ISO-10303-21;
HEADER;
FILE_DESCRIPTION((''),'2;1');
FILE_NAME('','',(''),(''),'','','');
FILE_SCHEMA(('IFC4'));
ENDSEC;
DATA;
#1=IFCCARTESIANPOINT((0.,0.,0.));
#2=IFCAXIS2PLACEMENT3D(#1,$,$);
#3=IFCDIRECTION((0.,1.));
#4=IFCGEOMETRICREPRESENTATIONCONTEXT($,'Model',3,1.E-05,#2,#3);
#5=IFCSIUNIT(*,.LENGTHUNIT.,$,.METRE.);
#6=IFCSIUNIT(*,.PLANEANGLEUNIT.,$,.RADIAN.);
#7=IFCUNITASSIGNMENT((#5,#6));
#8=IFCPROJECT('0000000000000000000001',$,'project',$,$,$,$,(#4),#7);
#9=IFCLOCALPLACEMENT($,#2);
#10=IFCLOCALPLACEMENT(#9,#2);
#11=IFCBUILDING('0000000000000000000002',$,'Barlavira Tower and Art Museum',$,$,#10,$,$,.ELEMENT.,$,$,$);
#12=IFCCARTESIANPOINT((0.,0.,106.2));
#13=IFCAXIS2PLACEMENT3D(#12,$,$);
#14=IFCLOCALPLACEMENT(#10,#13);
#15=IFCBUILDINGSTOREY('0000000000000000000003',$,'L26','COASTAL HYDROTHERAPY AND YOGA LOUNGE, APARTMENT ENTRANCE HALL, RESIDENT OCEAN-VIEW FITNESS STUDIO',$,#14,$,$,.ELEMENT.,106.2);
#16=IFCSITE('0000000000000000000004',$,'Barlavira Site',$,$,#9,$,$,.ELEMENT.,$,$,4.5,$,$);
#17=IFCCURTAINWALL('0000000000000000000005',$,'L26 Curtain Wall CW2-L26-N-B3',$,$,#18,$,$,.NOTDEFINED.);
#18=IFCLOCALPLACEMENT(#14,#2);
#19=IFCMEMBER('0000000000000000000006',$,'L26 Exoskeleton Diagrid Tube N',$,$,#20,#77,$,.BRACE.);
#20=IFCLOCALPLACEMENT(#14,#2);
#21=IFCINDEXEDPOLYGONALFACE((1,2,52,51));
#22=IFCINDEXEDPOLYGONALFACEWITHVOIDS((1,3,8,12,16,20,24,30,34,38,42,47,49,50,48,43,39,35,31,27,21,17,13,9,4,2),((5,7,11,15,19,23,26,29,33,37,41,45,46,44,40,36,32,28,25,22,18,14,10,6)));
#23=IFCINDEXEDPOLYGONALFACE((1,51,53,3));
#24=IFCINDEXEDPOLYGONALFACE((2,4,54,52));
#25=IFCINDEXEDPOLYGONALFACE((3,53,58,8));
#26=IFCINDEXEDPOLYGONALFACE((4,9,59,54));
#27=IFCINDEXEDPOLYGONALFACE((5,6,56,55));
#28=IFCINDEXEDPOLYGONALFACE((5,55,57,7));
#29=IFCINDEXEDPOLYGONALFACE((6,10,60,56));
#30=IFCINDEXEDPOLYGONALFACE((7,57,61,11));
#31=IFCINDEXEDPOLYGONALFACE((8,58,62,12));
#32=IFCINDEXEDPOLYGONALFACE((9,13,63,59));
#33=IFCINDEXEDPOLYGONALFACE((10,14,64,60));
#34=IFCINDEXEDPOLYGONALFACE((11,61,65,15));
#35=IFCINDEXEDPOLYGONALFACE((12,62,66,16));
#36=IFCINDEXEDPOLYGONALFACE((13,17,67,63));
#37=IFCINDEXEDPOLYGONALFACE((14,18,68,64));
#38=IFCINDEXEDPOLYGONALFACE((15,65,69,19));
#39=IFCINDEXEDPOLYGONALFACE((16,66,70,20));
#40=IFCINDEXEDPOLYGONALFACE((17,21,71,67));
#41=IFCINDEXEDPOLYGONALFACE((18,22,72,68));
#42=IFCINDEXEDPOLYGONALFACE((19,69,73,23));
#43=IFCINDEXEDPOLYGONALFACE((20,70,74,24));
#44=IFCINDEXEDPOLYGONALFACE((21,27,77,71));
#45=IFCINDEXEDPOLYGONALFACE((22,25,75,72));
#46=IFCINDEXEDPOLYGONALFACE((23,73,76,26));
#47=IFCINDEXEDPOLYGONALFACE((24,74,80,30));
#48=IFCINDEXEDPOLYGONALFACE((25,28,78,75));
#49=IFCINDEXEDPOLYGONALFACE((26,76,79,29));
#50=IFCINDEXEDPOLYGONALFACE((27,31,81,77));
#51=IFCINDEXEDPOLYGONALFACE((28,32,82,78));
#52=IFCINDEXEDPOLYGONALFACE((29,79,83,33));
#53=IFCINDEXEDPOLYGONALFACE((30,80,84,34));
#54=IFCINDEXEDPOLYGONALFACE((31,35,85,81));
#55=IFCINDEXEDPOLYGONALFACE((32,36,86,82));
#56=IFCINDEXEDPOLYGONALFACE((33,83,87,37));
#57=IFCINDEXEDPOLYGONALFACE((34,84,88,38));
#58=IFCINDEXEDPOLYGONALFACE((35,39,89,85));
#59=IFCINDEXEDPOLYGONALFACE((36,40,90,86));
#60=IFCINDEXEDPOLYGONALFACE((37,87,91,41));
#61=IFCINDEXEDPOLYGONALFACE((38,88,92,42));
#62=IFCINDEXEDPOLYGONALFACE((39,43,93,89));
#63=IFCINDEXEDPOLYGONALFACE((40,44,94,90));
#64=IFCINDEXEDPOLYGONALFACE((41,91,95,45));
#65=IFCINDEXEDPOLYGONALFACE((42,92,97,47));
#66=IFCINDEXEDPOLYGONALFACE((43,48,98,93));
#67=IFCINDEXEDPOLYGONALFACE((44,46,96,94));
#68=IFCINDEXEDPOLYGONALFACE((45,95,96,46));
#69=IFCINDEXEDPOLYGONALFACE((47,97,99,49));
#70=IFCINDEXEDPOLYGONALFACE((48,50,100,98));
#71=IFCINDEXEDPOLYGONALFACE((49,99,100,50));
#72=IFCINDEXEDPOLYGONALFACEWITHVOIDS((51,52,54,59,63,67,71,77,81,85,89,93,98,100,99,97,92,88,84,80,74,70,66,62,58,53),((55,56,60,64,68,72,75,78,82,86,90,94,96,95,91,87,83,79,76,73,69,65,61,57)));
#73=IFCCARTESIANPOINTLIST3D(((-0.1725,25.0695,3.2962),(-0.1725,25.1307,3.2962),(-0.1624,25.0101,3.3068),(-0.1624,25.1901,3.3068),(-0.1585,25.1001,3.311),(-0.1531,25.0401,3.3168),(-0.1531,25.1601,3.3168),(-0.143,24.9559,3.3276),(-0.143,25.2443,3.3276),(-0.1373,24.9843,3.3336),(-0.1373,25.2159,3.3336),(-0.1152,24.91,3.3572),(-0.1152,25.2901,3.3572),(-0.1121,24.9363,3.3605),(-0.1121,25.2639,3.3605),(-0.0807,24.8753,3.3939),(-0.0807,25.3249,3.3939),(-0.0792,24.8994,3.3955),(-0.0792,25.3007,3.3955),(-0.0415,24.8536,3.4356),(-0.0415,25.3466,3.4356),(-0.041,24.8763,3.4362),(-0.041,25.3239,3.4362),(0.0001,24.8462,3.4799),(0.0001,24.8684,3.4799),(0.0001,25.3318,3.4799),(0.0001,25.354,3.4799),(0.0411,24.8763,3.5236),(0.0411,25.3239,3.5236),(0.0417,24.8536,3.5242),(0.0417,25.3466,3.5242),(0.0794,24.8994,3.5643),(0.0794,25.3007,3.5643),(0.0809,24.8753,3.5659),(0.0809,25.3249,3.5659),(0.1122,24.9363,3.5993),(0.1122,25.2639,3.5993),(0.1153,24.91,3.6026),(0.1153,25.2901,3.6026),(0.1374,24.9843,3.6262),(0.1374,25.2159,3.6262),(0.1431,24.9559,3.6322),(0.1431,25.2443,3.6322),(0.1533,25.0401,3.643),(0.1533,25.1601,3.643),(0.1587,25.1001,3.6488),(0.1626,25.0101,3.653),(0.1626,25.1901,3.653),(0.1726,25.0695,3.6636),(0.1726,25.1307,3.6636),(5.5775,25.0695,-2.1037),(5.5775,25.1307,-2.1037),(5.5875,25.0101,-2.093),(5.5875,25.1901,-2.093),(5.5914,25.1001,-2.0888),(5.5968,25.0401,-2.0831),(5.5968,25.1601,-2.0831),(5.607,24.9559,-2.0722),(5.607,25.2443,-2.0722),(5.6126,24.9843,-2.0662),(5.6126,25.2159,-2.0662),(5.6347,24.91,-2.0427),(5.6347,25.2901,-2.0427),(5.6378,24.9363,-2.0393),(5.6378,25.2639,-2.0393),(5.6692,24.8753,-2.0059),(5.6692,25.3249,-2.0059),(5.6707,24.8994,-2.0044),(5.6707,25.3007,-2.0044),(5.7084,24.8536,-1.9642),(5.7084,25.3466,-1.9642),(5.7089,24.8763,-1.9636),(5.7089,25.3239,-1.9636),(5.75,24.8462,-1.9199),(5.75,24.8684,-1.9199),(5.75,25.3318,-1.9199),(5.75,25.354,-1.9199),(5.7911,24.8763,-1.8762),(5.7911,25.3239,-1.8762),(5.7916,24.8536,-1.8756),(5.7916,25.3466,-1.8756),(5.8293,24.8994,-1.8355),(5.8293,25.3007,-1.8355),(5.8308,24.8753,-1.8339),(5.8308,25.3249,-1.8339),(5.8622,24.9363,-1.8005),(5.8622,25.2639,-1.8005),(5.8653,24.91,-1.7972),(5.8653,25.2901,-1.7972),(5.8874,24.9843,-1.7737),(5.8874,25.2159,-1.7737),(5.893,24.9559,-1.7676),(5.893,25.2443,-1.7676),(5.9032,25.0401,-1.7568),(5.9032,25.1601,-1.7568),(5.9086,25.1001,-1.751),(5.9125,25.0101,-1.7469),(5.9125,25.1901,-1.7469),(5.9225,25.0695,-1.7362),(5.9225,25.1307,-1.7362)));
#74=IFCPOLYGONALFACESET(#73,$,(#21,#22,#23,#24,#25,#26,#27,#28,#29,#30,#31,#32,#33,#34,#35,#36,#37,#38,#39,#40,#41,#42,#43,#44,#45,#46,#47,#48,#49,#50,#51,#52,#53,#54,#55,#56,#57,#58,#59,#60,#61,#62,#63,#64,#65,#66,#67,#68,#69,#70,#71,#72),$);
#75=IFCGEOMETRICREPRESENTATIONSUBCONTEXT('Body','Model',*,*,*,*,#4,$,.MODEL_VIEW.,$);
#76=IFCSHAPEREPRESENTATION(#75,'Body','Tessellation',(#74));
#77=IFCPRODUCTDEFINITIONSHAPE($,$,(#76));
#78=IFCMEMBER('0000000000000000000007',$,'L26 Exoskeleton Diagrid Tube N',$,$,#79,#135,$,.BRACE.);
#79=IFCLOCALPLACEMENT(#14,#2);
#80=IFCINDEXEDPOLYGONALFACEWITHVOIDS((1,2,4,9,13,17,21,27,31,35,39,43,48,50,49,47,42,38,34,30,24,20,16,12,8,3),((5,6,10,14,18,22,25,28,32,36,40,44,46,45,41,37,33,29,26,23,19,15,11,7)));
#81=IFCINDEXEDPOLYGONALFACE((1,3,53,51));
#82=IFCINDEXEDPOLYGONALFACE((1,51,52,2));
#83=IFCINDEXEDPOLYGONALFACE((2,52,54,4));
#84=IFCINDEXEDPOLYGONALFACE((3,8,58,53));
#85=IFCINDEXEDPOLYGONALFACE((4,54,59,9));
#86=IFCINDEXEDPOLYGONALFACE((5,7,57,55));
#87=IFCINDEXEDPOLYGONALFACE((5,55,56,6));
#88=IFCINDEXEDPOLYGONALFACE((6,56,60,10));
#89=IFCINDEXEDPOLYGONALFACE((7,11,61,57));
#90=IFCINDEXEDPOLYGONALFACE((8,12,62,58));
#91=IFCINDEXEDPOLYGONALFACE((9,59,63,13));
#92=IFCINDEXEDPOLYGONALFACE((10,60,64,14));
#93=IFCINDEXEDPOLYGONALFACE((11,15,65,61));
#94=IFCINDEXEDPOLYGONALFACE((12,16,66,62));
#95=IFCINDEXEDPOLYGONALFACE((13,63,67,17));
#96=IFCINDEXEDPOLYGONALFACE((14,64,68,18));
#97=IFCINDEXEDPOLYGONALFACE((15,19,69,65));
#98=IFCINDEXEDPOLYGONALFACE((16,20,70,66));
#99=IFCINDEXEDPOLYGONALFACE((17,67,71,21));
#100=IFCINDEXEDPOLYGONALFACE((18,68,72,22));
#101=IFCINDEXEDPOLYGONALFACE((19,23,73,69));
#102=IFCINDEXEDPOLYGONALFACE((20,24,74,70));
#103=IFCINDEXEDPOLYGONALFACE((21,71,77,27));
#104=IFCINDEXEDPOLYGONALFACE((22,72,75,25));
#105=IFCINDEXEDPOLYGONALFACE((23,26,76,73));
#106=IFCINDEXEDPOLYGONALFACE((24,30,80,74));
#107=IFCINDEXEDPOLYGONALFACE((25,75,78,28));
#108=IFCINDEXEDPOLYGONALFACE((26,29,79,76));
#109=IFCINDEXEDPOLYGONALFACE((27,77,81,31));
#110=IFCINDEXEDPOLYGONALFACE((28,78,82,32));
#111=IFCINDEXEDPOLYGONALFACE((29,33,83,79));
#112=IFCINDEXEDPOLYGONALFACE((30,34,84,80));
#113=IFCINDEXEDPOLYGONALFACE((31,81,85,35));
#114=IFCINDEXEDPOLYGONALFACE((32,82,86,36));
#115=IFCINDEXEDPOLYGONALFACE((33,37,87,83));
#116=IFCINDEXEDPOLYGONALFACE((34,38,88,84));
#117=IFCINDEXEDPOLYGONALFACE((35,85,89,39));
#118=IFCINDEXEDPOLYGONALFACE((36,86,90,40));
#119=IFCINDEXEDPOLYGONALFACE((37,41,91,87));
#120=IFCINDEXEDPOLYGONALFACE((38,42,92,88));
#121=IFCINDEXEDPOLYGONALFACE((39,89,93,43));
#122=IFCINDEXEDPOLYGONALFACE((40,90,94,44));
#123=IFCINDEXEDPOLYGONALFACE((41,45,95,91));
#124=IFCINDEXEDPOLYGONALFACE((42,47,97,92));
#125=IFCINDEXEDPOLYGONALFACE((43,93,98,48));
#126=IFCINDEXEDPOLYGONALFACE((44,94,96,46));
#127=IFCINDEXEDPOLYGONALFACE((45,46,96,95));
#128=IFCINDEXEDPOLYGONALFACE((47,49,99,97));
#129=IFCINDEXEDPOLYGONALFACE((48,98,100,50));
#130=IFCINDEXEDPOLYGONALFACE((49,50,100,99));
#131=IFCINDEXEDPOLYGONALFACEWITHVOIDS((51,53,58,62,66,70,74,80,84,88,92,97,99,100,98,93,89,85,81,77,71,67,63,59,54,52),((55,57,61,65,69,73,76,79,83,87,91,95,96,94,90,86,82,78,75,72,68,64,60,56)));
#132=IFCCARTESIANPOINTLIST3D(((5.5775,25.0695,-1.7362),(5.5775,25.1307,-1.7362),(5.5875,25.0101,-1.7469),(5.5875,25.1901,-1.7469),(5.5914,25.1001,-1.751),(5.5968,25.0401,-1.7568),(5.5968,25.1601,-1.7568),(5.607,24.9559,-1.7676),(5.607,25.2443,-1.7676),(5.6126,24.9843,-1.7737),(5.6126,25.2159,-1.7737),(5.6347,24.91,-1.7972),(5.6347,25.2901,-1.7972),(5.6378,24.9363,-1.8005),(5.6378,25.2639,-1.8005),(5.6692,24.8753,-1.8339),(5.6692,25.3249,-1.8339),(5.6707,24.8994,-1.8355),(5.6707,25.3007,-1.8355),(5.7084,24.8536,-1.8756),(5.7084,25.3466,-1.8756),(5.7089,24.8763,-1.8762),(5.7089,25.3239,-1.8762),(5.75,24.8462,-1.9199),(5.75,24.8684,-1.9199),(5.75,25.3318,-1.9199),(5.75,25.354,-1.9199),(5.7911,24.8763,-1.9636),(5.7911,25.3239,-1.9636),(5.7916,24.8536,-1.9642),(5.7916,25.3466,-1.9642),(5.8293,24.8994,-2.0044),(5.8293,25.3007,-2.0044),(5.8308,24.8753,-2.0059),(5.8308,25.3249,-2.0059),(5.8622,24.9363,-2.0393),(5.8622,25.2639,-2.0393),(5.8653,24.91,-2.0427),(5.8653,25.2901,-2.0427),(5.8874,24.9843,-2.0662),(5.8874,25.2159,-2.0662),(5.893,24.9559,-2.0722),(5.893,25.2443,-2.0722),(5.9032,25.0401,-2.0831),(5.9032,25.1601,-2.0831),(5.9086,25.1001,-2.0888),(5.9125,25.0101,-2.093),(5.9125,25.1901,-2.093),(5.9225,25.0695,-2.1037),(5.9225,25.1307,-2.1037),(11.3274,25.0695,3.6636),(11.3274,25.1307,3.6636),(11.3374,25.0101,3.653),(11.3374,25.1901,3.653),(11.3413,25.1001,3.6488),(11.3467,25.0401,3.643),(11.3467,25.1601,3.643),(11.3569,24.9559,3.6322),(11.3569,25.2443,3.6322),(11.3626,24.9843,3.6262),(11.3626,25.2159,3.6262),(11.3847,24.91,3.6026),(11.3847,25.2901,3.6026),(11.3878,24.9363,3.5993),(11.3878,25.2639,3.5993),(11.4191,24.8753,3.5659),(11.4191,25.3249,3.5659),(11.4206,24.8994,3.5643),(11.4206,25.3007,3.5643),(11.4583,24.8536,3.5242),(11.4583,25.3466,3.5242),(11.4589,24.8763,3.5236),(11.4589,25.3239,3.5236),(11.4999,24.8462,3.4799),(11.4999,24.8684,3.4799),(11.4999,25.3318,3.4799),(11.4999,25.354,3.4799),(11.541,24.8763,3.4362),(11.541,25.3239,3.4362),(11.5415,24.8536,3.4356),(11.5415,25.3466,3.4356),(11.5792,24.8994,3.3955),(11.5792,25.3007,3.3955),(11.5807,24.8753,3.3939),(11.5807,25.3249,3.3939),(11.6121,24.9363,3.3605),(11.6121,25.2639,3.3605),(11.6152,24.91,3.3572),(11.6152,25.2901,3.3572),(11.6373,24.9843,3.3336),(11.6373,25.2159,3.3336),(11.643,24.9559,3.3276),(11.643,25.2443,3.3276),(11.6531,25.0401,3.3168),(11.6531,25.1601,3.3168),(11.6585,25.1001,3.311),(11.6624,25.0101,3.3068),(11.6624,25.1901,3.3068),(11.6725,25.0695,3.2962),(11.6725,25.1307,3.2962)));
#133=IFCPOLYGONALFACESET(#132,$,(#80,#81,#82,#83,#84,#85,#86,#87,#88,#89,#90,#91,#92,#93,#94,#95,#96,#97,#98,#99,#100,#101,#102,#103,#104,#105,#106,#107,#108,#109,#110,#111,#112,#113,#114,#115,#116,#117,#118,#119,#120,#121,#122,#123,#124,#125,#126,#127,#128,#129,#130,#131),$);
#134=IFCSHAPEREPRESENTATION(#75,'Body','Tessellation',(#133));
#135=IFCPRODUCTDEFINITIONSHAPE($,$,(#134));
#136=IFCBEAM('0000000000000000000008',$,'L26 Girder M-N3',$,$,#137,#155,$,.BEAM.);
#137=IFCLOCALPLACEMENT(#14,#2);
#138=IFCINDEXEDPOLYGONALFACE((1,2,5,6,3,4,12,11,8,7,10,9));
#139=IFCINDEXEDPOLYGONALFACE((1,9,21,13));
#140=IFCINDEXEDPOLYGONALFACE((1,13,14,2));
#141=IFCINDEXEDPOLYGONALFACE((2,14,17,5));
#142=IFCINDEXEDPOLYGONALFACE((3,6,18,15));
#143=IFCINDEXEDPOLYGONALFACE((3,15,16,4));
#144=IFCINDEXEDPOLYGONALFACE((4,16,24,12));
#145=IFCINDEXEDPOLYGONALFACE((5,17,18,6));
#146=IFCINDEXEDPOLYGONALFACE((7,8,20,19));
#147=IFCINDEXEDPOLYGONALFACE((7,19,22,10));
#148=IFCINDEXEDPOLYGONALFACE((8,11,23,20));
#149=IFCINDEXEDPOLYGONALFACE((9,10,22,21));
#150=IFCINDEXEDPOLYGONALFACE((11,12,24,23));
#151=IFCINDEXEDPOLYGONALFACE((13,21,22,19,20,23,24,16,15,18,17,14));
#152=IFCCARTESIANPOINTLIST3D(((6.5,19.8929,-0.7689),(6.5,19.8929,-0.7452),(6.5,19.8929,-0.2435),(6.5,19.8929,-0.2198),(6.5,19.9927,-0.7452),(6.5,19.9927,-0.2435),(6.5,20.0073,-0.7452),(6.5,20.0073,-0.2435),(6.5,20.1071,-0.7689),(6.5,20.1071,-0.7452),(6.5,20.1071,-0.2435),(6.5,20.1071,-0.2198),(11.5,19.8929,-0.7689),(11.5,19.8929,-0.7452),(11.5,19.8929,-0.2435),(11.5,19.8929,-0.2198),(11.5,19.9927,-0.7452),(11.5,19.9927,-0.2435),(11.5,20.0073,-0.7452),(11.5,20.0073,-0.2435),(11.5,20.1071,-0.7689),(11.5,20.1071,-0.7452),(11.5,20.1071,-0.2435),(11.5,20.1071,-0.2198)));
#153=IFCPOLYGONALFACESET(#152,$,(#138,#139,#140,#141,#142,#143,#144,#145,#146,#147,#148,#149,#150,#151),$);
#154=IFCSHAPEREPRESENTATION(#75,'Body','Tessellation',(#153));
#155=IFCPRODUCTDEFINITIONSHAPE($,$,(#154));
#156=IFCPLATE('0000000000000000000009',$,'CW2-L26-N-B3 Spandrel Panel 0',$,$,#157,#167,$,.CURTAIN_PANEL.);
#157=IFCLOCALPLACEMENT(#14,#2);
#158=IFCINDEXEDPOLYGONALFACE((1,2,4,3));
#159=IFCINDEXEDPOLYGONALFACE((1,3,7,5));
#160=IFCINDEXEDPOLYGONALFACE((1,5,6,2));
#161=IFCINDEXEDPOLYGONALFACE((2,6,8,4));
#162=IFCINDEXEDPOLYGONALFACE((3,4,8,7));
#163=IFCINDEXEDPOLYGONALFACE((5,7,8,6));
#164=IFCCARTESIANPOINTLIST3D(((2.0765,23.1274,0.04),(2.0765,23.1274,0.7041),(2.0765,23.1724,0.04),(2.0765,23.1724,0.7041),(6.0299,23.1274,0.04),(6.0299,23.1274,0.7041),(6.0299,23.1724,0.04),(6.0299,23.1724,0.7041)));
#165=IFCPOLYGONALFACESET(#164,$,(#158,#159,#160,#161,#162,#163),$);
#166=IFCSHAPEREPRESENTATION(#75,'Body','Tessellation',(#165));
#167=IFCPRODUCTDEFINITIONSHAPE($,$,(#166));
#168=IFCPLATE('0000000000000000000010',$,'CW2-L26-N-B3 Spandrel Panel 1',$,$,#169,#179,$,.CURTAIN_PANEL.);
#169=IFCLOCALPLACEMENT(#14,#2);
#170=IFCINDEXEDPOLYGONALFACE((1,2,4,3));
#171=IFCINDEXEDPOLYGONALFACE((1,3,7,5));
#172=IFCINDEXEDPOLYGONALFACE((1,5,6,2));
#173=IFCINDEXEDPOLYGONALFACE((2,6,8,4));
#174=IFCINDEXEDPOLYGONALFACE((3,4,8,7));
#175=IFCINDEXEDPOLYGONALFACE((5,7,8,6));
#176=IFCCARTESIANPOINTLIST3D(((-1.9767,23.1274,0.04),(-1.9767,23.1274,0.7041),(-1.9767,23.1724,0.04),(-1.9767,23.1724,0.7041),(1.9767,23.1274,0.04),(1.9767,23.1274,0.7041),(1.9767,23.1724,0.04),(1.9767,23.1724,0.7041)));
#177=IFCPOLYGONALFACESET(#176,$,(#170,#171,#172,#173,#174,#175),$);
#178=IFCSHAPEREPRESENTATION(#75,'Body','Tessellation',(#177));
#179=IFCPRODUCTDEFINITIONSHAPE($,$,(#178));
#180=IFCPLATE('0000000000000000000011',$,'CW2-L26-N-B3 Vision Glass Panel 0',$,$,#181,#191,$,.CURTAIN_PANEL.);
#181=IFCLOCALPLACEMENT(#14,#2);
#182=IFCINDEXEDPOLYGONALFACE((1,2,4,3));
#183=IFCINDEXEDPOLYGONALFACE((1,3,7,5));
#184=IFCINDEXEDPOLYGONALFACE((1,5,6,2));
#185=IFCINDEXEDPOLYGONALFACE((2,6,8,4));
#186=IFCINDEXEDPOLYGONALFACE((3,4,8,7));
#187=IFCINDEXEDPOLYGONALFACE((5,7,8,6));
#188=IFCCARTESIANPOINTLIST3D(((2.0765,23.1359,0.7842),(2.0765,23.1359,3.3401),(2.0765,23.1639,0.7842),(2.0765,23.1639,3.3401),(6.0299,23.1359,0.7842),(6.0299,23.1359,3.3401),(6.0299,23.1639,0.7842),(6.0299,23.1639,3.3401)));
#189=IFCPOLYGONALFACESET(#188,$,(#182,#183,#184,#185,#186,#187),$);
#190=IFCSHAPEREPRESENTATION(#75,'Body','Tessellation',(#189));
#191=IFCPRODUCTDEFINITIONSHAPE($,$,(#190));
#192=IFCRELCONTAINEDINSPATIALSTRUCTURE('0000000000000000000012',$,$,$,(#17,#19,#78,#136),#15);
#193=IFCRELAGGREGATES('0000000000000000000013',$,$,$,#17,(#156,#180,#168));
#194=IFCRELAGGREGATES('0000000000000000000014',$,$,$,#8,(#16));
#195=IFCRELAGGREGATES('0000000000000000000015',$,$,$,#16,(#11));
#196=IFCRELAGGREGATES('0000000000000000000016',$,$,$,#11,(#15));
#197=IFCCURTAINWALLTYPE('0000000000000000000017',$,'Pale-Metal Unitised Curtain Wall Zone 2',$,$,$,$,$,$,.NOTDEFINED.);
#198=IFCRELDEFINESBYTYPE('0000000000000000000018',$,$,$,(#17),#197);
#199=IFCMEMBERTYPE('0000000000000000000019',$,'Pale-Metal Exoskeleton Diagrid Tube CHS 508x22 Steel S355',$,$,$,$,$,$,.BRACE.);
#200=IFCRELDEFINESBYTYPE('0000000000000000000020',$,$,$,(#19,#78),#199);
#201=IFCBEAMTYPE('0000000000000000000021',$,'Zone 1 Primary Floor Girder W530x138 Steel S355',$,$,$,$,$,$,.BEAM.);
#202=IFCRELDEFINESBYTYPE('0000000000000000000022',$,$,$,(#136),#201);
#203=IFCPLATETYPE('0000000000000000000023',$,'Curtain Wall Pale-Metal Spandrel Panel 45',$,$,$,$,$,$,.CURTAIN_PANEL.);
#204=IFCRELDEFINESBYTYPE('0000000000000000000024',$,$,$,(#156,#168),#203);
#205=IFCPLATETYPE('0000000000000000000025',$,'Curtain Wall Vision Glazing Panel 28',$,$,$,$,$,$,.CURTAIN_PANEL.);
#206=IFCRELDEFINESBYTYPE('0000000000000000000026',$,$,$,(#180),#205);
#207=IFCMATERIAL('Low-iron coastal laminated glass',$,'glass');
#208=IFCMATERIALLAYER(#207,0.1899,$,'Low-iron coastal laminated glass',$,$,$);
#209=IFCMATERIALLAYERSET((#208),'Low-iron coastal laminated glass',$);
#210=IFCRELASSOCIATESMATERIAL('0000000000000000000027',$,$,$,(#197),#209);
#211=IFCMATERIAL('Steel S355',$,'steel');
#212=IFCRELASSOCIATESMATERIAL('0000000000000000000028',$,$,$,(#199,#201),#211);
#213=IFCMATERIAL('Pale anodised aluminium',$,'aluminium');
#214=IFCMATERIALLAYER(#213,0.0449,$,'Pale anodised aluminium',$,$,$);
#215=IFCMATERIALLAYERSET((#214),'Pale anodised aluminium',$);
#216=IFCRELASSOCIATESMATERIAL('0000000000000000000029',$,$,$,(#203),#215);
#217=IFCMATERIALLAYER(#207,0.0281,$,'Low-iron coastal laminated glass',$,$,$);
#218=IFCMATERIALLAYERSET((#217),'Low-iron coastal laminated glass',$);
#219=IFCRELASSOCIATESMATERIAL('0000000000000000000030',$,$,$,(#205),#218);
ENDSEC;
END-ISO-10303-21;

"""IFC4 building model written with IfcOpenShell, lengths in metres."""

from ifc_helpers import new_model, si_unit, direction, frame, origin, origin_2d, place, context, subcontext, project, spatial, rectangle, hollow_circle, i_section, extrude, material, layer, layer_set, material_profile, profile_set, type_object, element, aggregate, save


model = new_model("IFC4")

# Units and contexts
model_context = context("Model", 3, precision=1e-05, world=origin(), true_north=direction((0.0, 1.0)))
body_context = subcontext(model_context, "Body", "Model", "MODEL_VIEW")
ifc_project = project(units=[si_unit("LENGTHUNIT", "METRE"), si_unit("PLANEANGLEUNIT", "RADIAN")], contexts=[model_context])

# Site, building, storey
site_placement = place(None, origin())
site = spatial("IfcSite", under=ifc_project, at=site_placement, Name="Barlavira Site", CompositionType="ELEMENT", RefElevation=4.5)
building_placement = place(site_placement, origin())
building = spatial("IfcBuilding", under=site, at=building_placement, Name="Barlavira Tower and Art Museum", CompositionType="ELEMENT")
storey_placement = place(building_placement, frame((0.0, 0.0, 106.2)))
storey = spatial("IfcBuildingStorey", under=building, at=storey_placement, Name="L26", Description="COASTAL HYDROTHERAPY AND YOGA LOUNGE, APARTMENT ENTRANCE HALL, RESIDENT OCEAN-VIEW FITNESS STUDIO", CompositionType="ELEMENT", Elevation=106.2)

# Curtain wall
ifc_material_1 = material(Name="Low-iron coastal laminated glass", Category="glass")
ifc_layer_1 = layer(ifc_material_1, 0.1899, Name="Low-iron coastal laminated glass")
ifc_layer_set_1 = layer_set([ifc_layer_1], Name="Low-iron coastal laminated glass")
curtain_wall_type = type_object("IfcCurtainWallType", Name="Pale-Metal Unitised Curtain Wall Zone 2", PredefinedType="NOTDEFINED", material=ifc_layer_set_1)
curtain_wall_placement = place(storey_placement, origin())
curtain_wall = element("IfcCurtainWall", 1, at=curtain_wall_placement, inside=storey, type_object=curtain_wall_type, Name="L26 Curtain Wall CW2-L26-N-B3", PredefinedType="NOTDEFINED")
ifc_material_2 = material(Name="Pale anodised aluminium", Category="aluminium")

# Members
ifc_material_3 = material(Name="Steel S355", Category="steel")
ifc_material_profile_1 = material_profile(ifc_material_3, hollow_circle(Radius=0.2539, WallThickness=0.0222, at=origin_2d()), Name="CHS 508.0x22.2")
ifc_profile_set_1 = profile_set([ifc_material_profile_1], Name="Steel S355")
member_type_1 = type_object("IfcMemberType", Name="Pale-Metal Exoskeleton Diagrid Tube CHS 508x22 Steel S355", PredefinedType="BRACE", material=ifc_profile_set_1)
for number, where, z_axis, x_axis, name in (
    (2, (5.75, 25.1001, -1.9199), (-0.72895, 0.0, 0.684567), (0.0, -1.0, 0.0), "L26 Exoskeleton Diagrid Tube N"),
    (3, (5.75, 25.1001, -1.9199), (0.72895, 0.0, 0.684567), (0.0, 1.0, 0.0), "L26 Exoskeleton Diagrid Tube N"),
):
    element("IfcMember", number, at=place(storey_placement, frame(where, z_axis=z_axis, x_axis=x_axis)), inside=storey, type_object=member_type_1, Name=name, PredefinedType="BRACE", context=body_context, shape_type="SweptSolid", body=[
        extrude(hollow_circle(Radius=0.2539, WallThickness=0.0222, at=origin_2d()), origin(), (0.0, 0.0, 1.0), 7.8879),
    ])

# Beam
ifc_material_profile_2 = material_profile(ifc_material_3, i_section(OverallWidth=0.2141, OverallDepth=0.5491, WebThickness=0.0146, FlangeThickness=0.0237, at=origin_2d()), Name="W530x138.0")
ifc_profile_set_2 = profile_set([ifc_material_profile_2], Name="Steel S355")
beam_type = type_object("IfcBeamType", Name="Zone 1 Primary Floor Girder W530x138 Steel S355", PredefinedType="BEAM", material=ifc_profile_set_2)
beam_placement = place(storey_placement, frame((6.5, 20.0, -0.4944), z_axis=(1.0, 0.0, 0.0), x_axis=(0.0, 1.0, 0.0)))
element("IfcBeam", 4, at=beam_placement, inside=storey, type_object=beam_type, Name="L26 Girder M-N3", PredefinedType="BEAM", context=body_context, shape_type="SweptSolid", body=[
    extrude(i_section(OverallWidth=0.2141, OverallDepth=0.5491, WebThickness=0.0146, FlangeThickness=0.0237, at=origin_2d()), origin(), (0.0, 0.0, 1.0), 5.0),
])

# Plates
ifc_layer_2 = layer(ifc_material_2, 0.0449, Name="Pale anodised aluminium")
ifc_layer_set_2 = layer_set([ifc_layer_2], Name="Pale anodised aluminium")
plate_type_1 = type_object("IfcPlateType", Name="Curtain Wall Pale-Metal Spandrel Panel 45", PredefinedType="CURTAIN_PANEL", material=ifc_layer_set_2)
plate_1_placement = place(storey_placement, frame((4.0532, 23.1499, 0.04), z_axis=(0.0, 0.0, 1.0), x_axis=(-1.0, 0.0, 0.0)))
plate_1 = element("IfcPlate", 5, at=plate_1_placement, type_object=plate_type_1, Name="CW2-L26-N-B3 Spandrel Panel 0", PredefinedType="CURTAIN_PANEL", context=body_context, shape_type="SweptSolid", body=[
    extrude(rectangle(XDim=3.9534, YDim=0.0449, at=origin_2d()), origin(), (0.0, 0.0, 1.0), 0.6641),
])
plate_2_placement = place(storey_placement, frame((0.0, 23.1499, 0.04), z_axis=(0.0, 0.0, 1.0), x_axis=(-1.0, 0.0, 0.0)))
plate_2 = element("IfcPlate", 6, at=plate_2_placement, type_object=plate_type_1, Name="CW2-L26-N-B3 Spandrel Panel 1", PredefinedType="CURTAIN_PANEL", context=body_context, shape_type="SweptSolid", body=[
    extrude(rectangle(XDim=3.9534, YDim=0.0449, at=origin_2d()), origin(), (0.0, 0.0, 1.0), 0.6641),
])
ifc_layer_3 = layer(ifc_material_1, 0.0281, Name="Low-iron coastal laminated glass")
ifc_layer_set_3 = layer_set([ifc_layer_3], Name="Low-iron coastal laminated glass")
plate_type_2 = type_object("IfcPlateType", Name="Curtain Wall Vision Glazing Panel 28", PredefinedType="CURTAIN_PANEL", material=ifc_layer_set_3)
plate_3_placement = place(storey_placement, frame((4.0532, 23.1499, 0.7842), z_axis=(0.0, 0.0, 1.0), x_axis=(-1.0, 0.0, 0.0)))
plate_3 = element("IfcPlate", 7, at=plate_3_placement, type_object=plate_type_2, Name="CW2-L26-N-B3 Vision Glass Panel 0", PredefinedType="CURTAIN_PANEL", context=body_context, shape_type="SweptSolid", body=[
    extrude(rectangle(XDim=3.9534, YDim=0.0281, at=origin_2d()), origin(), (0.0, 0.0, 1.0), 2.5559),
])
aggregate(curtain_wall, [plate_1, plate_3, plate_2])

save(model, "model.ifc")
